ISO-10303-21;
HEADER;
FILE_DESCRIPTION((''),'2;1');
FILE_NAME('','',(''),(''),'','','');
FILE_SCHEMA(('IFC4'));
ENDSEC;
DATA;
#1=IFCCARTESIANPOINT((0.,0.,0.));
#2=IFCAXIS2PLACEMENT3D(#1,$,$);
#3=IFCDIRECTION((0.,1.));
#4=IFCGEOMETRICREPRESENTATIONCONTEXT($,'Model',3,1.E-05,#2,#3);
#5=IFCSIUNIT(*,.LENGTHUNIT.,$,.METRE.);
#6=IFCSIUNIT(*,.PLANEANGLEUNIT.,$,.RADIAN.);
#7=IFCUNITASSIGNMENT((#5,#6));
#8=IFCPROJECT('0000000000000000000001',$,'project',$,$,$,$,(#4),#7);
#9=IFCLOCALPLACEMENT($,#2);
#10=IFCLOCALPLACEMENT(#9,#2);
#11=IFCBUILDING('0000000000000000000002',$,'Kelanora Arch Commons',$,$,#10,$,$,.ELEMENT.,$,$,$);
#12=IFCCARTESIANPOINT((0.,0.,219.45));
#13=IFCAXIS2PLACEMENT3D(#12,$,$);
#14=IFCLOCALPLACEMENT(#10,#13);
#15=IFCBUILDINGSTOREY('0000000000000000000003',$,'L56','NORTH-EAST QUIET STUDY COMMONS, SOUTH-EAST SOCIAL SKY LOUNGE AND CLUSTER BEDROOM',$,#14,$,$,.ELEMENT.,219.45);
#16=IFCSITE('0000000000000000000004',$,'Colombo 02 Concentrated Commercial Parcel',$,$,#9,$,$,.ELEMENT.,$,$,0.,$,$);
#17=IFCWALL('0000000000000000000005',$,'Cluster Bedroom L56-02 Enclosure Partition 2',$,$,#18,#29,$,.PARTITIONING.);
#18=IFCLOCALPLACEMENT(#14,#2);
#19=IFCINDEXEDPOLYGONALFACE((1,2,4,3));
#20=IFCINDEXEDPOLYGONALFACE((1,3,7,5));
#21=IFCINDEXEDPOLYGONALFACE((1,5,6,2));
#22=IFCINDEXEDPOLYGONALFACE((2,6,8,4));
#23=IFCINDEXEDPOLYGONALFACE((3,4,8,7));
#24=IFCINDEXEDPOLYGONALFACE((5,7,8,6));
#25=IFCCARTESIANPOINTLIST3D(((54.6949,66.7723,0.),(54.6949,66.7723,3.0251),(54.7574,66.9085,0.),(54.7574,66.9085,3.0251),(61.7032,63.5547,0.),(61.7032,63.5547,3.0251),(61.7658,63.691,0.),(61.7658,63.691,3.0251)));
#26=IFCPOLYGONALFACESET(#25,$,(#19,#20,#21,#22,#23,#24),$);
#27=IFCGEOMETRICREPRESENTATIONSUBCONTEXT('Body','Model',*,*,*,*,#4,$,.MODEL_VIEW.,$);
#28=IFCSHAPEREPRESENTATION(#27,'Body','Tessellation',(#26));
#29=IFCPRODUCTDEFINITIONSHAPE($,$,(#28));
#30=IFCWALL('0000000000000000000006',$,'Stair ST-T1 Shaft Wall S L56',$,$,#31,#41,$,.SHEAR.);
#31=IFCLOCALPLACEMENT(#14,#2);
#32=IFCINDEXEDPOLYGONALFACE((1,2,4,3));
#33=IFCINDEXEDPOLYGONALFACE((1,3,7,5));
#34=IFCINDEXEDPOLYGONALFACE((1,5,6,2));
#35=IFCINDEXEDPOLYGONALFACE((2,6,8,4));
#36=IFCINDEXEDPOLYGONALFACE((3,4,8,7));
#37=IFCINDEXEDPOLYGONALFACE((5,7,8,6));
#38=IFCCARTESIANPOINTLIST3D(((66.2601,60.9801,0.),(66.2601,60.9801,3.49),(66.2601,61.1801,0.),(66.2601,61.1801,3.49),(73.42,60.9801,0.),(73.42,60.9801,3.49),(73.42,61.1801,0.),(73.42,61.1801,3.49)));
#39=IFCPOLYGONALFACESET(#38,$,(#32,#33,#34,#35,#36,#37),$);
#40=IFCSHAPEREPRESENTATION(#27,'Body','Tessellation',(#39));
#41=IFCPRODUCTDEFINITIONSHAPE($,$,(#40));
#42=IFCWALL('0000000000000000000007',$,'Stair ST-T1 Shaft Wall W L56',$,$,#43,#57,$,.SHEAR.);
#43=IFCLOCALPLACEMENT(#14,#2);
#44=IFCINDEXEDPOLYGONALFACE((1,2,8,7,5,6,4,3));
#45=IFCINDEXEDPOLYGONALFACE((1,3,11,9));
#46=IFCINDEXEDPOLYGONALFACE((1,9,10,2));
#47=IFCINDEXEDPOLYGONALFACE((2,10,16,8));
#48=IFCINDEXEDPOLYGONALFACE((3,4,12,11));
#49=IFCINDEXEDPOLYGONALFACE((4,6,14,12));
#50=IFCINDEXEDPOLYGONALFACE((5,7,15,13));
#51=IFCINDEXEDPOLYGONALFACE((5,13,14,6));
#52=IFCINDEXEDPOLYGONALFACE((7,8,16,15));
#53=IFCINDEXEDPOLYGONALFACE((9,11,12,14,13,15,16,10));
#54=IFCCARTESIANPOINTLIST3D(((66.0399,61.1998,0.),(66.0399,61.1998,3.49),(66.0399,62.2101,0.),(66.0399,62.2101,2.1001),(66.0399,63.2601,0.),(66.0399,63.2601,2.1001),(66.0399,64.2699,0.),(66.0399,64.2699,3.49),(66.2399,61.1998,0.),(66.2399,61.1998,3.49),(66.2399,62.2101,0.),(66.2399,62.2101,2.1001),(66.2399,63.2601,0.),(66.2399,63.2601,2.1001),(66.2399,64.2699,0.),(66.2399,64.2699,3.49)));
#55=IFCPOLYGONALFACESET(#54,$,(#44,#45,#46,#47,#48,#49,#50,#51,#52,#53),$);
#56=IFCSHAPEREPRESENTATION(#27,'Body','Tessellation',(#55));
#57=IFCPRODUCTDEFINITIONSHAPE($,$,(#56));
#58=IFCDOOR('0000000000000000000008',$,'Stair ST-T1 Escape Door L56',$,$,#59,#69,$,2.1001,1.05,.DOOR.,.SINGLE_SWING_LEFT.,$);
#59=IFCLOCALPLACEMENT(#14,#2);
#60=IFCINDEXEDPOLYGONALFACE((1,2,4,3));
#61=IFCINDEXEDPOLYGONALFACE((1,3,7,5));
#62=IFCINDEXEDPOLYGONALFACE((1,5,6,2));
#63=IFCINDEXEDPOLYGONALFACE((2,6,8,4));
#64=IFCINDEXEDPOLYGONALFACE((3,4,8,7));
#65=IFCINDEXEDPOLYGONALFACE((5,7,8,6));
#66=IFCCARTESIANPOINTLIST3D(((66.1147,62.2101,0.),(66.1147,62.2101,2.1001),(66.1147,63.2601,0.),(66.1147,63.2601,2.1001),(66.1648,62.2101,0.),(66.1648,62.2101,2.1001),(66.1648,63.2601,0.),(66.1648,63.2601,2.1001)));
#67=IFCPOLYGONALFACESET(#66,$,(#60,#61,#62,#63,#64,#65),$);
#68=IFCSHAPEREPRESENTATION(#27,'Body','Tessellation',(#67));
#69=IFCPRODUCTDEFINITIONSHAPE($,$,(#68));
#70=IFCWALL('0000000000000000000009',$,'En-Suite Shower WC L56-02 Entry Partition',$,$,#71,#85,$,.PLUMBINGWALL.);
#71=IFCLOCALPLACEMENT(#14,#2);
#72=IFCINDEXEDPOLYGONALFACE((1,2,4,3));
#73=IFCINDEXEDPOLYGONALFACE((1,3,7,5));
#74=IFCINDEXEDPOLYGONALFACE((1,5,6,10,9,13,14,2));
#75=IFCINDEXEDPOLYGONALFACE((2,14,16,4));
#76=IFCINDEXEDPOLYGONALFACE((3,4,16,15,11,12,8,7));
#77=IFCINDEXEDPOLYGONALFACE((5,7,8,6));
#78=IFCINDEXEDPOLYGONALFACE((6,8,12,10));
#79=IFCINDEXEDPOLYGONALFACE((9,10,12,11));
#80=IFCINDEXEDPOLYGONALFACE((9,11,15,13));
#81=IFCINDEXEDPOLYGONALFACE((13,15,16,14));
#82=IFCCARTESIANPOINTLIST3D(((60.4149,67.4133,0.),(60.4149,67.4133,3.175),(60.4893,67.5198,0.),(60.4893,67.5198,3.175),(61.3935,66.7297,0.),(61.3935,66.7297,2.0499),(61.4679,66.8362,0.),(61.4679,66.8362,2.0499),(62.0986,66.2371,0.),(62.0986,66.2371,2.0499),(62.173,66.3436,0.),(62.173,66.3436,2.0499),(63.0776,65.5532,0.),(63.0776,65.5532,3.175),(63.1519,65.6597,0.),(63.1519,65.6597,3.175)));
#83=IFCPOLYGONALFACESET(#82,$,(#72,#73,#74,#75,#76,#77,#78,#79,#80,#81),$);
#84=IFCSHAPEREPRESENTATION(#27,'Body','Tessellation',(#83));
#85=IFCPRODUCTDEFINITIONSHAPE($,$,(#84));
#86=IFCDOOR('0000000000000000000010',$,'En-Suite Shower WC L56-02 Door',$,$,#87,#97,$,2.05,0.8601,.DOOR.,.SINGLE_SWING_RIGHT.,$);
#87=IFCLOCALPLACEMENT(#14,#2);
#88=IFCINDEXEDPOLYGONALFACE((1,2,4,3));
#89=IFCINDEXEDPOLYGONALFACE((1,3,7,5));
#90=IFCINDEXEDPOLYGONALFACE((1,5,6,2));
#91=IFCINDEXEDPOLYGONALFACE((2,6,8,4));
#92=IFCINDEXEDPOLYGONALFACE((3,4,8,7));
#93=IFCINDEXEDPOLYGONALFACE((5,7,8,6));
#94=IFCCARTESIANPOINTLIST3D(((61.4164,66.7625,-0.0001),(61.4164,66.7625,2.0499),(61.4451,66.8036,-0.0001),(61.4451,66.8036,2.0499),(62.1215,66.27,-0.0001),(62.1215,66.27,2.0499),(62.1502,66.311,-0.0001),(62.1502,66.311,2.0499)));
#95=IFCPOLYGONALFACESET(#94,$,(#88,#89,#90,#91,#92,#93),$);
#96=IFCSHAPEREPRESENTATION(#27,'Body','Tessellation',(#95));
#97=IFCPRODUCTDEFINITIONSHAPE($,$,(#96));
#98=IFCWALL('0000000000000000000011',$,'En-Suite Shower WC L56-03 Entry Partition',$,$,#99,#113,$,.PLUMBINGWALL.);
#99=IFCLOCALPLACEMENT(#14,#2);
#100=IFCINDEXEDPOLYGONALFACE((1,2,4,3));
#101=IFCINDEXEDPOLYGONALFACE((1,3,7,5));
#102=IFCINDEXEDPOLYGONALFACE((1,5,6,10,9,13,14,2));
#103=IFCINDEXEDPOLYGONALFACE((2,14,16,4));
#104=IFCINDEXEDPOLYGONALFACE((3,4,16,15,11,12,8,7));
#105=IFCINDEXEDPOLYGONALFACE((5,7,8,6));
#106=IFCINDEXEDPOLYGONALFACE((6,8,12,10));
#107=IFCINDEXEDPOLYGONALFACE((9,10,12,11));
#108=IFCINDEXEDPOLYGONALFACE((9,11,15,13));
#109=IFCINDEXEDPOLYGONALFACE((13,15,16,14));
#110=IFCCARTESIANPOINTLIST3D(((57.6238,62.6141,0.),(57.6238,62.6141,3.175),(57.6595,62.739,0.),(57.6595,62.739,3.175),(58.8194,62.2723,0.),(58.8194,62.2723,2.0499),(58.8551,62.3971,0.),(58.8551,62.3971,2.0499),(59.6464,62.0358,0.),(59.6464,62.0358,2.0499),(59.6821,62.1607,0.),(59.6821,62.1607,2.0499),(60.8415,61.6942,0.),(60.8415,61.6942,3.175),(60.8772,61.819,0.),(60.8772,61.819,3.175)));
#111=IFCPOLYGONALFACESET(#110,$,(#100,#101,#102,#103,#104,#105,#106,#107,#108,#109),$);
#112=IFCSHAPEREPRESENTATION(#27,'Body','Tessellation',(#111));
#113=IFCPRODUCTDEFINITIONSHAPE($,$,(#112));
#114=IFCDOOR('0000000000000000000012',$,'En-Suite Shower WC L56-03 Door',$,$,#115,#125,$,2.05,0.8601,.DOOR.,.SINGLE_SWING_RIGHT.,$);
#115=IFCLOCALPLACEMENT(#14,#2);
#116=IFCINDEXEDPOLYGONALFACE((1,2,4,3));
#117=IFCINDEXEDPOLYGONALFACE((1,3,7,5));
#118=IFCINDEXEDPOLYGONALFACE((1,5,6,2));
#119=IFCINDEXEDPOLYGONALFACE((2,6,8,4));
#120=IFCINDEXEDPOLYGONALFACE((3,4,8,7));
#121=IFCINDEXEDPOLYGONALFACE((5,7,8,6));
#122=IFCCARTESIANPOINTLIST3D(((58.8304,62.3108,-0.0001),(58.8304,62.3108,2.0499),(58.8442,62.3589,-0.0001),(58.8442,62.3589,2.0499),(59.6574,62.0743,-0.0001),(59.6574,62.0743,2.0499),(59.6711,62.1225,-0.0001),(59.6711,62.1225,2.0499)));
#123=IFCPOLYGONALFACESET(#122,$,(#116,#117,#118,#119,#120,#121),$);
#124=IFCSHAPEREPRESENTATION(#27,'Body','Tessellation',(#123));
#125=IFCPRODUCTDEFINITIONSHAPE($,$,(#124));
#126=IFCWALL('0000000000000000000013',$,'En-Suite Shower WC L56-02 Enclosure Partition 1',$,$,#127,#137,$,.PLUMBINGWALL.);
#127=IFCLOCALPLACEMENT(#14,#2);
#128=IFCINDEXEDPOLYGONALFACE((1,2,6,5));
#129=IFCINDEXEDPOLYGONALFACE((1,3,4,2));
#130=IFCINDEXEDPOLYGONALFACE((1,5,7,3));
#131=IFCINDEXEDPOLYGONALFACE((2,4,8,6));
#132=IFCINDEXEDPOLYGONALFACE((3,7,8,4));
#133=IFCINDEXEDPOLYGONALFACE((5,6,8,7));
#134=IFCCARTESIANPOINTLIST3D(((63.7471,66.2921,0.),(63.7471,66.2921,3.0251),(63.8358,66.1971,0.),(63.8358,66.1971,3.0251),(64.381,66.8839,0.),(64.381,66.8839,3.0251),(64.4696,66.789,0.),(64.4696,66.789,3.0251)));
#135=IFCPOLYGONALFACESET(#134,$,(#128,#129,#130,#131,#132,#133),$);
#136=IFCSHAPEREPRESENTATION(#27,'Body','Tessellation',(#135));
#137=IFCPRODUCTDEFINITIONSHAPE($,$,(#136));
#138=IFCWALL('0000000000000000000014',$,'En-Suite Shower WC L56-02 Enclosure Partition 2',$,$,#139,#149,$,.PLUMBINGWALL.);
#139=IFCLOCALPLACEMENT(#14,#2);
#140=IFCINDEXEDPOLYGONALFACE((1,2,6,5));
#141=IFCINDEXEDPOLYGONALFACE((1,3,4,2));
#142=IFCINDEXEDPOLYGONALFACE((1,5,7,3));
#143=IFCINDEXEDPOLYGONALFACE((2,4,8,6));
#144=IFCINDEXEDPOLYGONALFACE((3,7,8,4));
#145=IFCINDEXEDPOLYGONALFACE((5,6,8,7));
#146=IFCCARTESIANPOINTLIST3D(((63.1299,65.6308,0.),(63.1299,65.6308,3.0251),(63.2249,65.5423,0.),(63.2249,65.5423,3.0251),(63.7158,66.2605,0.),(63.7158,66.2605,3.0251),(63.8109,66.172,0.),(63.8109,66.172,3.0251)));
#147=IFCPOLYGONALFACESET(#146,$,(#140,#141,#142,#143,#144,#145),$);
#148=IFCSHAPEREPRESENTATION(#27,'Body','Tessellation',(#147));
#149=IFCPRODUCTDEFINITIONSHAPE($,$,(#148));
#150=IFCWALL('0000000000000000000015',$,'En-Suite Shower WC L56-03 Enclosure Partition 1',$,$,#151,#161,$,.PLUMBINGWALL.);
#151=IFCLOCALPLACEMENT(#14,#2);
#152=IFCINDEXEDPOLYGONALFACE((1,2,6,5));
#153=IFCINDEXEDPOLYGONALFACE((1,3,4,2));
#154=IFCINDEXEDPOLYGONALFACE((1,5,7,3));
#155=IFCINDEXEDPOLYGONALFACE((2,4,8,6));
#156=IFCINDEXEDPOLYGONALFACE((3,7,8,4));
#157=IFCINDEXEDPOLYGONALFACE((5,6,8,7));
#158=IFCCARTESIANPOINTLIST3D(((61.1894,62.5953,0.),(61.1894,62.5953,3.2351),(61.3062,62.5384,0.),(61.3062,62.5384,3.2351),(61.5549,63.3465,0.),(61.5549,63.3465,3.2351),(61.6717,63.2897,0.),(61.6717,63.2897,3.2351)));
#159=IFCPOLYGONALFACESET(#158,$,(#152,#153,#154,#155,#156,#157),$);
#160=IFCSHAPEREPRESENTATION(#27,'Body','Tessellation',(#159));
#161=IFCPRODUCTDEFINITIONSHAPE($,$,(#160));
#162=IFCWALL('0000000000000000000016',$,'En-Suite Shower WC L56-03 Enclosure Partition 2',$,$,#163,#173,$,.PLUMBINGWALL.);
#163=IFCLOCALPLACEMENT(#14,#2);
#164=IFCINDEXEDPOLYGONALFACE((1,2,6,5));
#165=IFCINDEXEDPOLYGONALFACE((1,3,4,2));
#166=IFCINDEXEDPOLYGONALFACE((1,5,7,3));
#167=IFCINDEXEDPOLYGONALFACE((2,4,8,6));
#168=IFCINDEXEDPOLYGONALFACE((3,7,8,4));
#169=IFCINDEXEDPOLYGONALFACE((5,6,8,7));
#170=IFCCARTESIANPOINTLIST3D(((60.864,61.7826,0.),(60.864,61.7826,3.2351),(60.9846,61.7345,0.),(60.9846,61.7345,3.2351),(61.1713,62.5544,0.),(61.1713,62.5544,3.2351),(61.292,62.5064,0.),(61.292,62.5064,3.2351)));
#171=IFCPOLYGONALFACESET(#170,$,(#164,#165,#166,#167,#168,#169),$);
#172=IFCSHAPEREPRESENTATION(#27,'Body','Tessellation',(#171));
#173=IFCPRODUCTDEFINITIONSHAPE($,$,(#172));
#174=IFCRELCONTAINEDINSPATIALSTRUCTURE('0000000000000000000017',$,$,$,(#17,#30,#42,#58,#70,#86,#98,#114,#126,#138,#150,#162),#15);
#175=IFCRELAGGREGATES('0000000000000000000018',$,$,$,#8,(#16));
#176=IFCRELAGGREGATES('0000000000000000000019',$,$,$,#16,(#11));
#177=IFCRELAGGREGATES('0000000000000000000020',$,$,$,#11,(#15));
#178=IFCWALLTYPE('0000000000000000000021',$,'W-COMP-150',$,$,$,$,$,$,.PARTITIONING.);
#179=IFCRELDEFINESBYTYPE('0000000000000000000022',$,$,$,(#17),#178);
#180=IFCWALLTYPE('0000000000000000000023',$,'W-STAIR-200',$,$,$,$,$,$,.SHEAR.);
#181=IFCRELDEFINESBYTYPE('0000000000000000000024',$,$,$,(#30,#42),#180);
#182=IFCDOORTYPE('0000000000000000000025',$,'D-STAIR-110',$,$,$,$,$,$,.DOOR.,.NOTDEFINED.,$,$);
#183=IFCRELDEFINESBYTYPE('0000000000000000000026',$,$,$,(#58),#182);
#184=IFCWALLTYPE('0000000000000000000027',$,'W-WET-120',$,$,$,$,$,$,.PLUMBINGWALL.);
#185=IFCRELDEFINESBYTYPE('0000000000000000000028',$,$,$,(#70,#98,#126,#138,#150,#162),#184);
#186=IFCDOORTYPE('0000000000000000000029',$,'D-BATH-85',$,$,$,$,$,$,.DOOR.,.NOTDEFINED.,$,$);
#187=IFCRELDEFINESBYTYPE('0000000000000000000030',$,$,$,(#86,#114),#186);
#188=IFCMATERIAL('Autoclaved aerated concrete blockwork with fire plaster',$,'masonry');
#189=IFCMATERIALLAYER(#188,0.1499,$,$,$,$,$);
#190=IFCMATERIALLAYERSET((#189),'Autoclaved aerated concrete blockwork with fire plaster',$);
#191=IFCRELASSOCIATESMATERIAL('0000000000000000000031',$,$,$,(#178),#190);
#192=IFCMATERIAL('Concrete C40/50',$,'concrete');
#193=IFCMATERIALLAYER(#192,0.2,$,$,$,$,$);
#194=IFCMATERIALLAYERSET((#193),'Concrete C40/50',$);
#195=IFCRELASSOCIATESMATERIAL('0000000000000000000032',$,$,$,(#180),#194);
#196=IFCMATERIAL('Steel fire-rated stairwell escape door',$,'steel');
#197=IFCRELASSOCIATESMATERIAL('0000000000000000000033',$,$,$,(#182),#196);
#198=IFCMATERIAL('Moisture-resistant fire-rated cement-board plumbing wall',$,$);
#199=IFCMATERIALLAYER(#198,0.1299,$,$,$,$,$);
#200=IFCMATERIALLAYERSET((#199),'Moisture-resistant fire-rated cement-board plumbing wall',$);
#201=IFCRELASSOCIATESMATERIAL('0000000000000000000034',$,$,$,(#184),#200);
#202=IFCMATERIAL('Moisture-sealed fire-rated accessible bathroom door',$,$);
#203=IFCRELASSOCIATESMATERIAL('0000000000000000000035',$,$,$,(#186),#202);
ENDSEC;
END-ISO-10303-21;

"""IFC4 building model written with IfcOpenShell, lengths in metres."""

from ifc_helpers import new_model, si_unit, direction, frame, frame_2d, origin, place, context, subcontext, project, spatial, rectangle, extrude, material, layer, layer_set, type_object, element, fill, save


model = new_model("IFC4")

# Units and contexts
model_context = context("Model", 3, precision=1e-05, world=origin(), true_north=direction((0.0, 1.0)))
body_context = subcontext(model_context, "Body", "Model", "MODEL_VIEW")
ifc_project = project(units=[si_unit("LENGTHUNIT", "METRE"), si_unit("PLANEANGLEUNIT", "RADIAN")], contexts=[model_context])

# Site, building, storey
site_placement = place(None, origin())
site = spatial("IfcSite", under=ifc_project, at=site_placement, Name="Colombo 02 Concentrated Commercial Parcel", CompositionType="ELEMENT", RefElevation=0.0)
building_placement = place(site_placement, origin())
building = spatial("IfcBuilding", under=site, at=building_placement, Name="Kelanora Arch Commons", CompositionType="ELEMENT")
storey_placement = place(building_placement, frame((0.0, 0.0, 219.45)))
storey = spatial("IfcBuildingStorey", under=building, at=storey_placement, Name="L56", Description="NORTH-EAST QUIET STUDY COMMONS, SOUTH-EAST SOCIAL SKY LOUNGE AND CLUSTER BEDROOM", CompositionType="ELEMENT", Elevation=219.45)

# Shared definitions
ifc_material_1 = material(Name="Autoclaved aerated concrete blockwork with fire plaster", Category="masonry")
ifc_layer_1 = layer(ifc_material_1, 0.1499)
ifc_layer_set_1 = layer_set([ifc_layer_1], Name="Autoclaved aerated concrete blockwork with fire plaster")
wall_type_1 = type_object("IfcWallType", Name="W-COMP-150", PredefinedType="PARTITIONING", material=ifc_layer_set_1)

# Walls
wall_1_placement = place(storey_placement, frame((61.7346, 63.6228, 0.0), z_axis=(0.0, 0.0, 1.0), x_axis=(-0.9088, 0.417232, 0.0)))
element("IfcWall", 1, at=wall_1_placement, inside=storey, type_object=wall_type_1, Name="Cluster Bedroom L56-02 Enclosure Partition 2", PredefinedType="PARTITIONING", context=body_context, shape_type="SweptSolid", body=[
    extrude(rectangle(XDim=7.7117, YDim=0.1499, at=frame_2d((3.856, 0.0))), origin(), (0.0, 0.0, 1.0), 3.0251),
])
ifc_material_2 = material(Name="Concrete C40/50", Category="concrete")
ifc_layer_2 = layer(ifc_material_2, 0.2)
ifc_layer_set_2 = layer_set([ifc_layer_2], Name="Concrete C40/50")
wall_type_2 = type_object("IfcWallType", Name="W-STAIR-200", PredefinedType="SHEAR", material=ifc_layer_set_2)
wall_2_placement = place(storey_placement, frame((66.26, 61.0801, 0.0), z_axis=(0.0, 0.0, 1.0), x_axis=(1.0, 0.0, 0.0)))
element("IfcWall", 2, at=wall_2_placement, inside=storey, type_object=wall_type_2, Name="Stair ST-T1 Shaft Wall S L56", PredefinedType="SHEAR", context=body_context, shape_type="SweptSolid", body=[
    extrude(rectangle(XDim=7.1599, YDim=0.2, at=frame_2d((3.5801, 0.0))), origin(), (0.0, 0.0, 1.0), 3.49),
])

# Walls, openings, doors
wall_3_placement = place(storey_placement, frame((66.1399, 64.27, 0.0), z_axis=(0.0, 0.0, 1.0), x_axis=(0.0, -1.0, 0.0)))
wall_3 = element("IfcWall", 3, at=wall_3_placement, inside=storey, type_object=wall_type_2, Name="Stair ST-T1 Shaft Wall W L56", PredefinedType="SHEAR", context=body_context, shape_type="SweptSolid", body=[
    extrude(rectangle(XDim=3.0701, YDim=0.2, at=frame_2d((1.5352, 0.0))), origin(), (0.0, 0.0, 1.0), 3.49),
])
opening_1_placement = place(wall_3_placement, frame((1.01, 0.0, 0.0)))
opening_1 = element("IfcOpeningElement", 4, at=opening_1_placement, cuts=wall_3, PredefinedType="OPENING", context=body_context, shape_type="SweptSolid", body=[
    extrude(rectangle(XDim=1.05, YDim=2.1001, at=frame_2d((0.5249, 1.05))), frame((0.0, 0.1099, 0.0), z_axis=(0.0, -1.0, 0.0), x_axis=(1.0, 0.0, 0.0)), (0.0, 0.0, 1.0), 0.22),
])
ifc_material_3 = material(Name="Steel fire-rated stairwell escape door", Category="steel")
door_type_1 = type_object("IfcDoorType", Name="D-STAIR-110", OperationType="NOTDEFINED", PredefinedType="DOOR", material=ifc_material_3)
door_1_placement = place(opening_1_placement, origin())
door_1 = element("IfcDoor", 5, at=door_1_placement, inside=storey, type_object=door_type_1, Name="Stair ST-T1 Escape Door L56", OperationType="SINGLE_SWING_LEFT", OverallHeight=2.1001, OverallWidth=1.05, PredefinedType="DOOR", context=body_context, shape_type="SweptSolid", body=[
    extrude(rectangle(XDim=1.05, YDim=2.1001, at=frame_2d((0.5249, 1.05))), frame((0.0, 0.0249, 0.0), z_axis=(0.0, -1.0, 0.0), x_axis=(1.0, 0.0, 0.0)), (0.0, 0.0, 1.0), 0.05),
])
fill(opening_1, door_1)
ifc_material_4 = material(Name="Moisture-resistant fire-rated cement-board plumbing wall")
ifc_layer_3 = layer(ifc_material_4, 0.1299)
ifc_layer_set_3 = layer_set([ifc_layer_3], Name="Moisture-resistant fire-rated cement-board plumbing wall")
wall_type_3 = type_object("IfcWallType", Name="W-WET-120", PredefinedType="PLUMBINGWALL", material=ifc_layer_set_3)
wall_4_placement = place(storey_placement, frame((63.1147, 65.6064, 0.0), z_axis=(0.0, 0.0, 1.0), x_axis=(-0.819768, 0.572695, 0.0)))
wall_4 = element("IfcWall", 6, at=wall_4_placement, inside=storey, type_object=wall_type_3, Name="En-Suite Shower WC L56-02 Entry Partition", PredefinedType="PLUMBINGWALL", context=body_context, shape_type="SweptSolid", body=[
    extrude(rectangle(XDim=3.248, YDim=0.1299, at=frame_2d((1.624, 0.0))), origin(), (0.0, 0.0, 1.0), 3.175),
])
opening_2_placement = place(wall_4_placement, frame((1.1941, 0.0, 0.0)))
opening_2 = element("IfcOpeningElement", 7, at=opening_2_placement, cuts=wall_4, PredefinedType="OPENING", context=body_context, shape_type="SweptSolid", body=[
    extrude(rectangle(XDim=0.8601, YDim=2.05, at=frame_2d((0.4302, 1.0249))), frame((0.0, 0.075, 0.0), z_axis=(0.0, -1.0, 0.0), x_axis=(1.0, 0.0, 0.0)), (0.0, 0.0, 1.0), 0.1499),
])
ifc_material_5 = material(Name="Moisture-sealed fire-rated accessible bathroom door")
door_type_2 = type_object("IfcDoorType", Name="D-BATH-85", OperationType="NOTDEFINED", PredefinedType="DOOR", material=ifc_material_5)
door_2_placement = place(opening_2_placement, origin())
door_2 = element("IfcDoor", 8, at=door_2_placement, inside=storey, type_object=door_type_2, Name="En-Suite Shower WC L56-02 Door", OperationType="SINGLE_SWING_RIGHT", OverallHeight=2.05, OverallWidth=0.8601, PredefinedType="DOOR", context=body_context, shape_type="SweptSolid", body=[
    extrude(rectangle(XDim=0.8601, YDim=2.05, at=frame_2d((0.4302, 1.0249))), frame((0.0, 0.0249, 0.0), z_axis=(0.0, -1.0, 0.0), x_axis=(1.0, 0.0, 0.0)), (0.0, 0.0, 1.0), 0.05),
])
fill(opening_2, door_2)
wall_5_placement = place(storey_placement, frame((60.8594, 61.7566, 0.0), z_axis=(0.0, 0.0, 1.0), x_axis=(-0.96148, 0.274875, 0.0)))
wall_5 = element("IfcWall", 9, at=wall_5_placement, inside=storey, type_object=wall_type_3, Name="En-Suite Shower WC L56-03 Entry Partition", PredefinedType="PLUMBINGWALL", context=body_context, shape_type="SweptSolid", body=[
    extrude(rectangle(XDim=3.3467, YDim=0.1299, at=frame_2d((1.6733, 0.0))), origin(), (0.0, 0.0, 1.0), 3.175),
])
opening_3_placement = place(wall_5_placement, frame((1.2429, 0.0, 0.0)))
opening_3 = element("IfcOpeningElement", 10, at=opening_3_placement, cuts=wall_5, PredefinedType="OPENING", context=body_context, shape_type="SweptSolid", body=[
    extrude(rectangle(XDim=0.8601, YDim=2.05, at=frame_2d((0.4302, 1.0249))), frame((0.0, 0.075, 0.0), z_axis=(0.0, -1.0, 0.0), x_axis=(1.0, 0.0, 0.0)), (0.0, 0.0, 1.0), 0.1499),
])
door_3_placement = place(opening_3_placement, origin())
door_3 = element("IfcDoor", 11, at=door_3_placement, inside=storey, type_object=door_type_2, Name="En-Suite Shower WC L56-03 Door", OperationType="SINGLE_SWING_RIGHT", OverallHeight=2.05, OverallWidth=0.8601, PredefinedType="DOOR", context=body_context, shape_type="SweptSolid", body=[
    extrude(rectangle(XDim=0.8601, YDim=2.05, at=frame_2d((0.4302, 1.0249))), frame((0.0, 0.0249, 0.0), z_axis=(0.0, -1.0, 0.0), x_axis=(1.0, 0.0, 0.0)), (0.0, 0.0, 1.0), 0.05),
])
fill(opening_3, door_3)

# Walls
wall_6_placement = place(storey_placement, frame((64.4253, 66.8364, 0.0), z_axis=(0.0, 0.0, 1.0), x_axis=(-0.730905, -0.682479, 0.0)))
element("IfcWall", 12, at=wall_6_placement, inside=storey, type_object=wall_type_3, Name="En-Suite Shower WC L56-02 Enclosure Partition 1", PredefinedType="PLUMBINGWALL", context=body_context, shape_type="SweptSolid", body=[
    extrude(rectangle(XDim=0.8672, YDim=0.1299, at=frame_2d((0.4336, 0.0))), origin(), (0.0, 0.0, 1.0), 3.0251),
])
wall_7_placement = place(storey_placement, frame((63.7634, 66.2163, 0.0), z_axis=(0.0, 0.0, 1.0), x_axis=(-0.681245, -0.732055, 0.0)))
element("IfcWall", 13, at=wall_7_placement, inside=storey, type_object=wall_type_3, Name="En-Suite Shower WC L56-02 Enclosure Partition 2", PredefinedType="PLUMBINGWALL", context=body_context, shape_type="SweptSolid", body=[
    extrude(rectangle(XDim=0.8601, YDim=0.1299, at=frame_2d((0.4302, 0.0))), origin(), (0.0, 0.0, 1.0), 3.0251),
])
wall_8_placement = place(storey_placement, frame((61.6133, 63.3181, 0.0), z_axis=(0.0, 0.0, 1.0), x_axis=(-0.437485, -0.899226, 0.0)))
element("IfcWall", 14, at=wall_8_placement, inside=storey, type_object=wall_type_3, Name="En-Suite Shower WC L56-03 Enclosure Partition 1", PredefinedType="PLUMBINGWALL", context=body_context, shape_type="SweptSolid", body=[
    extrude(rectangle(XDim=0.8354, YDim=0.1299, at=frame_2d((0.4177, 0.0))), origin(), (0.0, 0.0, 1.0), 3.2351),
])
wall_9_placement = place(storey_placement, frame((61.2317, 62.5305, 0.0), z_axis=(0.0, 0.0, 1.0), x_axis=(-0.369921, -0.929063, 0.0)))
element("IfcWall", 15, at=wall_9_placement, inside=storey, type_object=wall_type_3, Name="En-Suite Shower WC L56-03 Enclosure Partition 2", PredefinedType="PLUMBINGWALL", context=body_context, shape_type="SweptSolid", body=[
    extrude(rectangle(XDim=0.8308, YDim=0.1299, at=frame_2d((0.4155, 0.0))), origin(), (0.0, 0.0, 1.0), 3.2351),
])

save(model, "model.ifc")
